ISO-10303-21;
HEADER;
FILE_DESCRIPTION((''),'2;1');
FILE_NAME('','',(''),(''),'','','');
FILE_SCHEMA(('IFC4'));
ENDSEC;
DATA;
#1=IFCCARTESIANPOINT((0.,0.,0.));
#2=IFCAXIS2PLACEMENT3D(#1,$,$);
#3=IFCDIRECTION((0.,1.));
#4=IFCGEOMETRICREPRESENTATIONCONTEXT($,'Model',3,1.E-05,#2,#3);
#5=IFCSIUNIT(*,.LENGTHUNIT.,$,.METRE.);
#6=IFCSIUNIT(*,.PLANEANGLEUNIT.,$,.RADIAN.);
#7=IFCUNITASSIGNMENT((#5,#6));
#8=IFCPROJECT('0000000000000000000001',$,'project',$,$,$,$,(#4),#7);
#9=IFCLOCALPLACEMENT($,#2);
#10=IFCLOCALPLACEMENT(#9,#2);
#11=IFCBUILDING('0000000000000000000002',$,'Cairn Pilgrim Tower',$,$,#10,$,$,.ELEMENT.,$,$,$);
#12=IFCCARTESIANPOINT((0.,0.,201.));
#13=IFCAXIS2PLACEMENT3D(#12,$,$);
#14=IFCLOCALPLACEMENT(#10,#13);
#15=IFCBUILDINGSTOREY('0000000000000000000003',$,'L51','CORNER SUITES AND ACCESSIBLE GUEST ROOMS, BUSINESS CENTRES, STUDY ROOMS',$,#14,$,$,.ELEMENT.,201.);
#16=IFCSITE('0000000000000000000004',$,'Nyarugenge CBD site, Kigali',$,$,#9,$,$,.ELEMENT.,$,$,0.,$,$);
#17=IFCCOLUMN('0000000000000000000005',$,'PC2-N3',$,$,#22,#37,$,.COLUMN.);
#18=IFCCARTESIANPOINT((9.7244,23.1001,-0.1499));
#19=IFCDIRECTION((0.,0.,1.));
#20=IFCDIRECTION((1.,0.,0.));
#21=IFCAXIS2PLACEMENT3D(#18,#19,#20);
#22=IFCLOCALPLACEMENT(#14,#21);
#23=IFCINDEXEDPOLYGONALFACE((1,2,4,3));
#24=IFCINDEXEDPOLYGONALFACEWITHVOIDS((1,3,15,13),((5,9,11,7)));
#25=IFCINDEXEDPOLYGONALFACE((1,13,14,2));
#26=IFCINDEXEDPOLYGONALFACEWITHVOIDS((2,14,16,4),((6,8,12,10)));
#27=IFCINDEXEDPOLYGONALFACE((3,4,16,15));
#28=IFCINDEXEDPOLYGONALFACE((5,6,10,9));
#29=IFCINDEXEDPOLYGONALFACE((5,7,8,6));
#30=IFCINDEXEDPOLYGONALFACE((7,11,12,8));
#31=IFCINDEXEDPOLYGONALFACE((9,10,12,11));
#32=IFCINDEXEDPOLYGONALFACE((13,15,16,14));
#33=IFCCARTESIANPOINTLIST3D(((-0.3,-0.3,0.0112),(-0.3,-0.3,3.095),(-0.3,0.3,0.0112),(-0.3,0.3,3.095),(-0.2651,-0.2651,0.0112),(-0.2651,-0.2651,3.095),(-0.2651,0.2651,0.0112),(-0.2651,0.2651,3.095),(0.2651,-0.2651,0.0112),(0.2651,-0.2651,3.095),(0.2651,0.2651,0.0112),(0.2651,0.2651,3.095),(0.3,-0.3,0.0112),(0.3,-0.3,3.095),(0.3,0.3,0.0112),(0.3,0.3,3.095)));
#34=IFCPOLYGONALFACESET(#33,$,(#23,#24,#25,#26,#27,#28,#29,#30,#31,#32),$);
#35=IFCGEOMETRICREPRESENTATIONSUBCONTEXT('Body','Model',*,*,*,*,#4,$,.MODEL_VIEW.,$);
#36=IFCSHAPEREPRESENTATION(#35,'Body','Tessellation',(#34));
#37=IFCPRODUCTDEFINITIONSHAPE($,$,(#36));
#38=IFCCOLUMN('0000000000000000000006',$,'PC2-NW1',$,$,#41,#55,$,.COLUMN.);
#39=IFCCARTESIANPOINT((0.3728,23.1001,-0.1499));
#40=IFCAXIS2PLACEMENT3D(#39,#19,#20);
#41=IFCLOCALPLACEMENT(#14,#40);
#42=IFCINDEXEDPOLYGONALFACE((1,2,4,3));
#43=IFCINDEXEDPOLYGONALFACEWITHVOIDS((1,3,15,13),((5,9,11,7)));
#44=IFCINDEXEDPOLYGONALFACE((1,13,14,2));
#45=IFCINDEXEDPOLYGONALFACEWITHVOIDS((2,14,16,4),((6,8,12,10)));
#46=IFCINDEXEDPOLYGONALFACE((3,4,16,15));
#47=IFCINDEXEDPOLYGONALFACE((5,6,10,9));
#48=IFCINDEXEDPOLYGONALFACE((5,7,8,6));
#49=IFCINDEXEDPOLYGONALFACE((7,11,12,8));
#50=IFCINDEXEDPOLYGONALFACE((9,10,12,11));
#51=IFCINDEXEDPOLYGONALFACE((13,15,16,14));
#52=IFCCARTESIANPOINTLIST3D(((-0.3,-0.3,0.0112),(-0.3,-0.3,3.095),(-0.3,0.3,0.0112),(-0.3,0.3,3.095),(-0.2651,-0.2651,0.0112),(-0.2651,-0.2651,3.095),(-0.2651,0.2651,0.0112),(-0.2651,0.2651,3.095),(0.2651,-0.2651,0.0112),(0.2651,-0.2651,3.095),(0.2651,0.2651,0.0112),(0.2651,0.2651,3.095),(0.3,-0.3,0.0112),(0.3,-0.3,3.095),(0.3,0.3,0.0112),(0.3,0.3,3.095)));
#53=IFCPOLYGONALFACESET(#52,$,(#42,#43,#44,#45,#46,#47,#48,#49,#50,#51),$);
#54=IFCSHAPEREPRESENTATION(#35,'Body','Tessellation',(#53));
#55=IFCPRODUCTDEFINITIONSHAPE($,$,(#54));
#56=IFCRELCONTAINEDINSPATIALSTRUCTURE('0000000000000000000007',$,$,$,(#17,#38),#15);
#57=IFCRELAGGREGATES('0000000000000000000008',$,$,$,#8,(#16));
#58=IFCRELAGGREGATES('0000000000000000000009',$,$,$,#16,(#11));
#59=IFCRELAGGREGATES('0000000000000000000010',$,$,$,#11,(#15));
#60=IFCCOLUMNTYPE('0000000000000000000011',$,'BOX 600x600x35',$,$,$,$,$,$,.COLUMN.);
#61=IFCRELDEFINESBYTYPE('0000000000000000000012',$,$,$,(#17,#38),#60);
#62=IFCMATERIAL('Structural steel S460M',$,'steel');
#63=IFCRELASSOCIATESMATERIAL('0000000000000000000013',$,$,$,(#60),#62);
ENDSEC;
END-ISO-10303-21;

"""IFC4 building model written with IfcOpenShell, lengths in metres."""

from ifc_helpers import new_model, si_unit, direction, frame, origin, origin_2d, place, context, subcontext, project, spatial, hollow_rectangle, extrude, clip, halfspace, material, material_profile, profile_set, type_object, element, save


model = new_model("IFC4")

# Units and contexts
model_context = context("Model", 3, precision=1e-05, world=origin(), true_north=direction((0.0, 1.0)))
body_context = subcontext(model_context, "Body", "Model", "MODEL_VIEW")
ifc_project = project(units=[si_unit("LENGTHUNIT", "METRE"), si_unit("PLANEANGLEUNIT", "RADIAN")], contexts=[model_context])

# Site, building, storey
site_placement = place(None, origin())
site = spatial("IfcSite", under=ifc_project, at=site_placement, Name="Nyarugenge CBD site, Kigali", CompositionType="ELEMENT", RefElevation=0.0)
building_placement = place(site_placement, origin())
building = spatial("IfcBuilding", under=site, at=building_placement, Name="Cairn Pilgrim Tower", CompositionType="ELEMENT")
storey_placement = place(building_placement, frame((0.0, 0.0, 201.0)))
storey = spatial("IfcBuildingStorey", under=building, at=storey_placement, Name="L51", Description="CORNER SUITES AND ACCESSIBLE GUEST ROOMS, BUSINESS CENTRES, STUDY ROOMS", CompositionType="ELEMENT", Elevation=201.0)

# Columns
ifc_material_1 = material(Name="Structural steel S460M", Category="steel")
ifc_material_profile_1 = material_profile(ifc_material_1, hollow_rectangle(XDim=0.6001, YDim=0.6001, WallThickness=0.0349, at=origin_2d()), Name="BOX 600x600x35")
ifc_profile_set_1 = profile_set([ifc_material_profile_1], Name="Structural steel S460M")
column_type_1 = type_object("IfcColumnType", Name="BOX 600x600x35", PredefinedType="COLUMN", material=ifc_profile_set_1)
for number, where, z_axis, x_axis, name in (
    (1, (9.7244, 23.1001, -0.1499), (0.0, 0.0, 1.0), (1.0, 0.0, 0.0), "PC2-N3"),
    (2, (0.3728, 23.1001, -0.1499), (0.0, 0.0, 1.0), (1.0, 0.0, 0.0), "PC2-NW1"),
):
    element("IfcColumn", number, at=place(storey_placement, frame(where, z_axis=z_axis, x_axis=x_axis)), inside=storey, type_object=column_type_1, Name=name, PredefinedType="COLUMN", context=body_context, shape_type="Clipping", body=[
        clip(clip(extrude(hollow_rectangle(XDim=0.6001, YDim=0.6001, WallThickness=0.0349, at=origin_2d()), origin(), (0.0, 0.0, 1.0), 3.5), halfspace(frame((0.0, 0.0, 0.0112), z_axis=(0.0, 0.0, 1.0), x_axis=(1.0, 0.0, 0.0)), True)), halfspace(frame((0.0, 0.0, 3.095), z_axis=(0.0, 0.0, 1.0), x_axis=(1.0, 0.0, 0.0)), False)),
    ])

save(model, "model.ifc")
